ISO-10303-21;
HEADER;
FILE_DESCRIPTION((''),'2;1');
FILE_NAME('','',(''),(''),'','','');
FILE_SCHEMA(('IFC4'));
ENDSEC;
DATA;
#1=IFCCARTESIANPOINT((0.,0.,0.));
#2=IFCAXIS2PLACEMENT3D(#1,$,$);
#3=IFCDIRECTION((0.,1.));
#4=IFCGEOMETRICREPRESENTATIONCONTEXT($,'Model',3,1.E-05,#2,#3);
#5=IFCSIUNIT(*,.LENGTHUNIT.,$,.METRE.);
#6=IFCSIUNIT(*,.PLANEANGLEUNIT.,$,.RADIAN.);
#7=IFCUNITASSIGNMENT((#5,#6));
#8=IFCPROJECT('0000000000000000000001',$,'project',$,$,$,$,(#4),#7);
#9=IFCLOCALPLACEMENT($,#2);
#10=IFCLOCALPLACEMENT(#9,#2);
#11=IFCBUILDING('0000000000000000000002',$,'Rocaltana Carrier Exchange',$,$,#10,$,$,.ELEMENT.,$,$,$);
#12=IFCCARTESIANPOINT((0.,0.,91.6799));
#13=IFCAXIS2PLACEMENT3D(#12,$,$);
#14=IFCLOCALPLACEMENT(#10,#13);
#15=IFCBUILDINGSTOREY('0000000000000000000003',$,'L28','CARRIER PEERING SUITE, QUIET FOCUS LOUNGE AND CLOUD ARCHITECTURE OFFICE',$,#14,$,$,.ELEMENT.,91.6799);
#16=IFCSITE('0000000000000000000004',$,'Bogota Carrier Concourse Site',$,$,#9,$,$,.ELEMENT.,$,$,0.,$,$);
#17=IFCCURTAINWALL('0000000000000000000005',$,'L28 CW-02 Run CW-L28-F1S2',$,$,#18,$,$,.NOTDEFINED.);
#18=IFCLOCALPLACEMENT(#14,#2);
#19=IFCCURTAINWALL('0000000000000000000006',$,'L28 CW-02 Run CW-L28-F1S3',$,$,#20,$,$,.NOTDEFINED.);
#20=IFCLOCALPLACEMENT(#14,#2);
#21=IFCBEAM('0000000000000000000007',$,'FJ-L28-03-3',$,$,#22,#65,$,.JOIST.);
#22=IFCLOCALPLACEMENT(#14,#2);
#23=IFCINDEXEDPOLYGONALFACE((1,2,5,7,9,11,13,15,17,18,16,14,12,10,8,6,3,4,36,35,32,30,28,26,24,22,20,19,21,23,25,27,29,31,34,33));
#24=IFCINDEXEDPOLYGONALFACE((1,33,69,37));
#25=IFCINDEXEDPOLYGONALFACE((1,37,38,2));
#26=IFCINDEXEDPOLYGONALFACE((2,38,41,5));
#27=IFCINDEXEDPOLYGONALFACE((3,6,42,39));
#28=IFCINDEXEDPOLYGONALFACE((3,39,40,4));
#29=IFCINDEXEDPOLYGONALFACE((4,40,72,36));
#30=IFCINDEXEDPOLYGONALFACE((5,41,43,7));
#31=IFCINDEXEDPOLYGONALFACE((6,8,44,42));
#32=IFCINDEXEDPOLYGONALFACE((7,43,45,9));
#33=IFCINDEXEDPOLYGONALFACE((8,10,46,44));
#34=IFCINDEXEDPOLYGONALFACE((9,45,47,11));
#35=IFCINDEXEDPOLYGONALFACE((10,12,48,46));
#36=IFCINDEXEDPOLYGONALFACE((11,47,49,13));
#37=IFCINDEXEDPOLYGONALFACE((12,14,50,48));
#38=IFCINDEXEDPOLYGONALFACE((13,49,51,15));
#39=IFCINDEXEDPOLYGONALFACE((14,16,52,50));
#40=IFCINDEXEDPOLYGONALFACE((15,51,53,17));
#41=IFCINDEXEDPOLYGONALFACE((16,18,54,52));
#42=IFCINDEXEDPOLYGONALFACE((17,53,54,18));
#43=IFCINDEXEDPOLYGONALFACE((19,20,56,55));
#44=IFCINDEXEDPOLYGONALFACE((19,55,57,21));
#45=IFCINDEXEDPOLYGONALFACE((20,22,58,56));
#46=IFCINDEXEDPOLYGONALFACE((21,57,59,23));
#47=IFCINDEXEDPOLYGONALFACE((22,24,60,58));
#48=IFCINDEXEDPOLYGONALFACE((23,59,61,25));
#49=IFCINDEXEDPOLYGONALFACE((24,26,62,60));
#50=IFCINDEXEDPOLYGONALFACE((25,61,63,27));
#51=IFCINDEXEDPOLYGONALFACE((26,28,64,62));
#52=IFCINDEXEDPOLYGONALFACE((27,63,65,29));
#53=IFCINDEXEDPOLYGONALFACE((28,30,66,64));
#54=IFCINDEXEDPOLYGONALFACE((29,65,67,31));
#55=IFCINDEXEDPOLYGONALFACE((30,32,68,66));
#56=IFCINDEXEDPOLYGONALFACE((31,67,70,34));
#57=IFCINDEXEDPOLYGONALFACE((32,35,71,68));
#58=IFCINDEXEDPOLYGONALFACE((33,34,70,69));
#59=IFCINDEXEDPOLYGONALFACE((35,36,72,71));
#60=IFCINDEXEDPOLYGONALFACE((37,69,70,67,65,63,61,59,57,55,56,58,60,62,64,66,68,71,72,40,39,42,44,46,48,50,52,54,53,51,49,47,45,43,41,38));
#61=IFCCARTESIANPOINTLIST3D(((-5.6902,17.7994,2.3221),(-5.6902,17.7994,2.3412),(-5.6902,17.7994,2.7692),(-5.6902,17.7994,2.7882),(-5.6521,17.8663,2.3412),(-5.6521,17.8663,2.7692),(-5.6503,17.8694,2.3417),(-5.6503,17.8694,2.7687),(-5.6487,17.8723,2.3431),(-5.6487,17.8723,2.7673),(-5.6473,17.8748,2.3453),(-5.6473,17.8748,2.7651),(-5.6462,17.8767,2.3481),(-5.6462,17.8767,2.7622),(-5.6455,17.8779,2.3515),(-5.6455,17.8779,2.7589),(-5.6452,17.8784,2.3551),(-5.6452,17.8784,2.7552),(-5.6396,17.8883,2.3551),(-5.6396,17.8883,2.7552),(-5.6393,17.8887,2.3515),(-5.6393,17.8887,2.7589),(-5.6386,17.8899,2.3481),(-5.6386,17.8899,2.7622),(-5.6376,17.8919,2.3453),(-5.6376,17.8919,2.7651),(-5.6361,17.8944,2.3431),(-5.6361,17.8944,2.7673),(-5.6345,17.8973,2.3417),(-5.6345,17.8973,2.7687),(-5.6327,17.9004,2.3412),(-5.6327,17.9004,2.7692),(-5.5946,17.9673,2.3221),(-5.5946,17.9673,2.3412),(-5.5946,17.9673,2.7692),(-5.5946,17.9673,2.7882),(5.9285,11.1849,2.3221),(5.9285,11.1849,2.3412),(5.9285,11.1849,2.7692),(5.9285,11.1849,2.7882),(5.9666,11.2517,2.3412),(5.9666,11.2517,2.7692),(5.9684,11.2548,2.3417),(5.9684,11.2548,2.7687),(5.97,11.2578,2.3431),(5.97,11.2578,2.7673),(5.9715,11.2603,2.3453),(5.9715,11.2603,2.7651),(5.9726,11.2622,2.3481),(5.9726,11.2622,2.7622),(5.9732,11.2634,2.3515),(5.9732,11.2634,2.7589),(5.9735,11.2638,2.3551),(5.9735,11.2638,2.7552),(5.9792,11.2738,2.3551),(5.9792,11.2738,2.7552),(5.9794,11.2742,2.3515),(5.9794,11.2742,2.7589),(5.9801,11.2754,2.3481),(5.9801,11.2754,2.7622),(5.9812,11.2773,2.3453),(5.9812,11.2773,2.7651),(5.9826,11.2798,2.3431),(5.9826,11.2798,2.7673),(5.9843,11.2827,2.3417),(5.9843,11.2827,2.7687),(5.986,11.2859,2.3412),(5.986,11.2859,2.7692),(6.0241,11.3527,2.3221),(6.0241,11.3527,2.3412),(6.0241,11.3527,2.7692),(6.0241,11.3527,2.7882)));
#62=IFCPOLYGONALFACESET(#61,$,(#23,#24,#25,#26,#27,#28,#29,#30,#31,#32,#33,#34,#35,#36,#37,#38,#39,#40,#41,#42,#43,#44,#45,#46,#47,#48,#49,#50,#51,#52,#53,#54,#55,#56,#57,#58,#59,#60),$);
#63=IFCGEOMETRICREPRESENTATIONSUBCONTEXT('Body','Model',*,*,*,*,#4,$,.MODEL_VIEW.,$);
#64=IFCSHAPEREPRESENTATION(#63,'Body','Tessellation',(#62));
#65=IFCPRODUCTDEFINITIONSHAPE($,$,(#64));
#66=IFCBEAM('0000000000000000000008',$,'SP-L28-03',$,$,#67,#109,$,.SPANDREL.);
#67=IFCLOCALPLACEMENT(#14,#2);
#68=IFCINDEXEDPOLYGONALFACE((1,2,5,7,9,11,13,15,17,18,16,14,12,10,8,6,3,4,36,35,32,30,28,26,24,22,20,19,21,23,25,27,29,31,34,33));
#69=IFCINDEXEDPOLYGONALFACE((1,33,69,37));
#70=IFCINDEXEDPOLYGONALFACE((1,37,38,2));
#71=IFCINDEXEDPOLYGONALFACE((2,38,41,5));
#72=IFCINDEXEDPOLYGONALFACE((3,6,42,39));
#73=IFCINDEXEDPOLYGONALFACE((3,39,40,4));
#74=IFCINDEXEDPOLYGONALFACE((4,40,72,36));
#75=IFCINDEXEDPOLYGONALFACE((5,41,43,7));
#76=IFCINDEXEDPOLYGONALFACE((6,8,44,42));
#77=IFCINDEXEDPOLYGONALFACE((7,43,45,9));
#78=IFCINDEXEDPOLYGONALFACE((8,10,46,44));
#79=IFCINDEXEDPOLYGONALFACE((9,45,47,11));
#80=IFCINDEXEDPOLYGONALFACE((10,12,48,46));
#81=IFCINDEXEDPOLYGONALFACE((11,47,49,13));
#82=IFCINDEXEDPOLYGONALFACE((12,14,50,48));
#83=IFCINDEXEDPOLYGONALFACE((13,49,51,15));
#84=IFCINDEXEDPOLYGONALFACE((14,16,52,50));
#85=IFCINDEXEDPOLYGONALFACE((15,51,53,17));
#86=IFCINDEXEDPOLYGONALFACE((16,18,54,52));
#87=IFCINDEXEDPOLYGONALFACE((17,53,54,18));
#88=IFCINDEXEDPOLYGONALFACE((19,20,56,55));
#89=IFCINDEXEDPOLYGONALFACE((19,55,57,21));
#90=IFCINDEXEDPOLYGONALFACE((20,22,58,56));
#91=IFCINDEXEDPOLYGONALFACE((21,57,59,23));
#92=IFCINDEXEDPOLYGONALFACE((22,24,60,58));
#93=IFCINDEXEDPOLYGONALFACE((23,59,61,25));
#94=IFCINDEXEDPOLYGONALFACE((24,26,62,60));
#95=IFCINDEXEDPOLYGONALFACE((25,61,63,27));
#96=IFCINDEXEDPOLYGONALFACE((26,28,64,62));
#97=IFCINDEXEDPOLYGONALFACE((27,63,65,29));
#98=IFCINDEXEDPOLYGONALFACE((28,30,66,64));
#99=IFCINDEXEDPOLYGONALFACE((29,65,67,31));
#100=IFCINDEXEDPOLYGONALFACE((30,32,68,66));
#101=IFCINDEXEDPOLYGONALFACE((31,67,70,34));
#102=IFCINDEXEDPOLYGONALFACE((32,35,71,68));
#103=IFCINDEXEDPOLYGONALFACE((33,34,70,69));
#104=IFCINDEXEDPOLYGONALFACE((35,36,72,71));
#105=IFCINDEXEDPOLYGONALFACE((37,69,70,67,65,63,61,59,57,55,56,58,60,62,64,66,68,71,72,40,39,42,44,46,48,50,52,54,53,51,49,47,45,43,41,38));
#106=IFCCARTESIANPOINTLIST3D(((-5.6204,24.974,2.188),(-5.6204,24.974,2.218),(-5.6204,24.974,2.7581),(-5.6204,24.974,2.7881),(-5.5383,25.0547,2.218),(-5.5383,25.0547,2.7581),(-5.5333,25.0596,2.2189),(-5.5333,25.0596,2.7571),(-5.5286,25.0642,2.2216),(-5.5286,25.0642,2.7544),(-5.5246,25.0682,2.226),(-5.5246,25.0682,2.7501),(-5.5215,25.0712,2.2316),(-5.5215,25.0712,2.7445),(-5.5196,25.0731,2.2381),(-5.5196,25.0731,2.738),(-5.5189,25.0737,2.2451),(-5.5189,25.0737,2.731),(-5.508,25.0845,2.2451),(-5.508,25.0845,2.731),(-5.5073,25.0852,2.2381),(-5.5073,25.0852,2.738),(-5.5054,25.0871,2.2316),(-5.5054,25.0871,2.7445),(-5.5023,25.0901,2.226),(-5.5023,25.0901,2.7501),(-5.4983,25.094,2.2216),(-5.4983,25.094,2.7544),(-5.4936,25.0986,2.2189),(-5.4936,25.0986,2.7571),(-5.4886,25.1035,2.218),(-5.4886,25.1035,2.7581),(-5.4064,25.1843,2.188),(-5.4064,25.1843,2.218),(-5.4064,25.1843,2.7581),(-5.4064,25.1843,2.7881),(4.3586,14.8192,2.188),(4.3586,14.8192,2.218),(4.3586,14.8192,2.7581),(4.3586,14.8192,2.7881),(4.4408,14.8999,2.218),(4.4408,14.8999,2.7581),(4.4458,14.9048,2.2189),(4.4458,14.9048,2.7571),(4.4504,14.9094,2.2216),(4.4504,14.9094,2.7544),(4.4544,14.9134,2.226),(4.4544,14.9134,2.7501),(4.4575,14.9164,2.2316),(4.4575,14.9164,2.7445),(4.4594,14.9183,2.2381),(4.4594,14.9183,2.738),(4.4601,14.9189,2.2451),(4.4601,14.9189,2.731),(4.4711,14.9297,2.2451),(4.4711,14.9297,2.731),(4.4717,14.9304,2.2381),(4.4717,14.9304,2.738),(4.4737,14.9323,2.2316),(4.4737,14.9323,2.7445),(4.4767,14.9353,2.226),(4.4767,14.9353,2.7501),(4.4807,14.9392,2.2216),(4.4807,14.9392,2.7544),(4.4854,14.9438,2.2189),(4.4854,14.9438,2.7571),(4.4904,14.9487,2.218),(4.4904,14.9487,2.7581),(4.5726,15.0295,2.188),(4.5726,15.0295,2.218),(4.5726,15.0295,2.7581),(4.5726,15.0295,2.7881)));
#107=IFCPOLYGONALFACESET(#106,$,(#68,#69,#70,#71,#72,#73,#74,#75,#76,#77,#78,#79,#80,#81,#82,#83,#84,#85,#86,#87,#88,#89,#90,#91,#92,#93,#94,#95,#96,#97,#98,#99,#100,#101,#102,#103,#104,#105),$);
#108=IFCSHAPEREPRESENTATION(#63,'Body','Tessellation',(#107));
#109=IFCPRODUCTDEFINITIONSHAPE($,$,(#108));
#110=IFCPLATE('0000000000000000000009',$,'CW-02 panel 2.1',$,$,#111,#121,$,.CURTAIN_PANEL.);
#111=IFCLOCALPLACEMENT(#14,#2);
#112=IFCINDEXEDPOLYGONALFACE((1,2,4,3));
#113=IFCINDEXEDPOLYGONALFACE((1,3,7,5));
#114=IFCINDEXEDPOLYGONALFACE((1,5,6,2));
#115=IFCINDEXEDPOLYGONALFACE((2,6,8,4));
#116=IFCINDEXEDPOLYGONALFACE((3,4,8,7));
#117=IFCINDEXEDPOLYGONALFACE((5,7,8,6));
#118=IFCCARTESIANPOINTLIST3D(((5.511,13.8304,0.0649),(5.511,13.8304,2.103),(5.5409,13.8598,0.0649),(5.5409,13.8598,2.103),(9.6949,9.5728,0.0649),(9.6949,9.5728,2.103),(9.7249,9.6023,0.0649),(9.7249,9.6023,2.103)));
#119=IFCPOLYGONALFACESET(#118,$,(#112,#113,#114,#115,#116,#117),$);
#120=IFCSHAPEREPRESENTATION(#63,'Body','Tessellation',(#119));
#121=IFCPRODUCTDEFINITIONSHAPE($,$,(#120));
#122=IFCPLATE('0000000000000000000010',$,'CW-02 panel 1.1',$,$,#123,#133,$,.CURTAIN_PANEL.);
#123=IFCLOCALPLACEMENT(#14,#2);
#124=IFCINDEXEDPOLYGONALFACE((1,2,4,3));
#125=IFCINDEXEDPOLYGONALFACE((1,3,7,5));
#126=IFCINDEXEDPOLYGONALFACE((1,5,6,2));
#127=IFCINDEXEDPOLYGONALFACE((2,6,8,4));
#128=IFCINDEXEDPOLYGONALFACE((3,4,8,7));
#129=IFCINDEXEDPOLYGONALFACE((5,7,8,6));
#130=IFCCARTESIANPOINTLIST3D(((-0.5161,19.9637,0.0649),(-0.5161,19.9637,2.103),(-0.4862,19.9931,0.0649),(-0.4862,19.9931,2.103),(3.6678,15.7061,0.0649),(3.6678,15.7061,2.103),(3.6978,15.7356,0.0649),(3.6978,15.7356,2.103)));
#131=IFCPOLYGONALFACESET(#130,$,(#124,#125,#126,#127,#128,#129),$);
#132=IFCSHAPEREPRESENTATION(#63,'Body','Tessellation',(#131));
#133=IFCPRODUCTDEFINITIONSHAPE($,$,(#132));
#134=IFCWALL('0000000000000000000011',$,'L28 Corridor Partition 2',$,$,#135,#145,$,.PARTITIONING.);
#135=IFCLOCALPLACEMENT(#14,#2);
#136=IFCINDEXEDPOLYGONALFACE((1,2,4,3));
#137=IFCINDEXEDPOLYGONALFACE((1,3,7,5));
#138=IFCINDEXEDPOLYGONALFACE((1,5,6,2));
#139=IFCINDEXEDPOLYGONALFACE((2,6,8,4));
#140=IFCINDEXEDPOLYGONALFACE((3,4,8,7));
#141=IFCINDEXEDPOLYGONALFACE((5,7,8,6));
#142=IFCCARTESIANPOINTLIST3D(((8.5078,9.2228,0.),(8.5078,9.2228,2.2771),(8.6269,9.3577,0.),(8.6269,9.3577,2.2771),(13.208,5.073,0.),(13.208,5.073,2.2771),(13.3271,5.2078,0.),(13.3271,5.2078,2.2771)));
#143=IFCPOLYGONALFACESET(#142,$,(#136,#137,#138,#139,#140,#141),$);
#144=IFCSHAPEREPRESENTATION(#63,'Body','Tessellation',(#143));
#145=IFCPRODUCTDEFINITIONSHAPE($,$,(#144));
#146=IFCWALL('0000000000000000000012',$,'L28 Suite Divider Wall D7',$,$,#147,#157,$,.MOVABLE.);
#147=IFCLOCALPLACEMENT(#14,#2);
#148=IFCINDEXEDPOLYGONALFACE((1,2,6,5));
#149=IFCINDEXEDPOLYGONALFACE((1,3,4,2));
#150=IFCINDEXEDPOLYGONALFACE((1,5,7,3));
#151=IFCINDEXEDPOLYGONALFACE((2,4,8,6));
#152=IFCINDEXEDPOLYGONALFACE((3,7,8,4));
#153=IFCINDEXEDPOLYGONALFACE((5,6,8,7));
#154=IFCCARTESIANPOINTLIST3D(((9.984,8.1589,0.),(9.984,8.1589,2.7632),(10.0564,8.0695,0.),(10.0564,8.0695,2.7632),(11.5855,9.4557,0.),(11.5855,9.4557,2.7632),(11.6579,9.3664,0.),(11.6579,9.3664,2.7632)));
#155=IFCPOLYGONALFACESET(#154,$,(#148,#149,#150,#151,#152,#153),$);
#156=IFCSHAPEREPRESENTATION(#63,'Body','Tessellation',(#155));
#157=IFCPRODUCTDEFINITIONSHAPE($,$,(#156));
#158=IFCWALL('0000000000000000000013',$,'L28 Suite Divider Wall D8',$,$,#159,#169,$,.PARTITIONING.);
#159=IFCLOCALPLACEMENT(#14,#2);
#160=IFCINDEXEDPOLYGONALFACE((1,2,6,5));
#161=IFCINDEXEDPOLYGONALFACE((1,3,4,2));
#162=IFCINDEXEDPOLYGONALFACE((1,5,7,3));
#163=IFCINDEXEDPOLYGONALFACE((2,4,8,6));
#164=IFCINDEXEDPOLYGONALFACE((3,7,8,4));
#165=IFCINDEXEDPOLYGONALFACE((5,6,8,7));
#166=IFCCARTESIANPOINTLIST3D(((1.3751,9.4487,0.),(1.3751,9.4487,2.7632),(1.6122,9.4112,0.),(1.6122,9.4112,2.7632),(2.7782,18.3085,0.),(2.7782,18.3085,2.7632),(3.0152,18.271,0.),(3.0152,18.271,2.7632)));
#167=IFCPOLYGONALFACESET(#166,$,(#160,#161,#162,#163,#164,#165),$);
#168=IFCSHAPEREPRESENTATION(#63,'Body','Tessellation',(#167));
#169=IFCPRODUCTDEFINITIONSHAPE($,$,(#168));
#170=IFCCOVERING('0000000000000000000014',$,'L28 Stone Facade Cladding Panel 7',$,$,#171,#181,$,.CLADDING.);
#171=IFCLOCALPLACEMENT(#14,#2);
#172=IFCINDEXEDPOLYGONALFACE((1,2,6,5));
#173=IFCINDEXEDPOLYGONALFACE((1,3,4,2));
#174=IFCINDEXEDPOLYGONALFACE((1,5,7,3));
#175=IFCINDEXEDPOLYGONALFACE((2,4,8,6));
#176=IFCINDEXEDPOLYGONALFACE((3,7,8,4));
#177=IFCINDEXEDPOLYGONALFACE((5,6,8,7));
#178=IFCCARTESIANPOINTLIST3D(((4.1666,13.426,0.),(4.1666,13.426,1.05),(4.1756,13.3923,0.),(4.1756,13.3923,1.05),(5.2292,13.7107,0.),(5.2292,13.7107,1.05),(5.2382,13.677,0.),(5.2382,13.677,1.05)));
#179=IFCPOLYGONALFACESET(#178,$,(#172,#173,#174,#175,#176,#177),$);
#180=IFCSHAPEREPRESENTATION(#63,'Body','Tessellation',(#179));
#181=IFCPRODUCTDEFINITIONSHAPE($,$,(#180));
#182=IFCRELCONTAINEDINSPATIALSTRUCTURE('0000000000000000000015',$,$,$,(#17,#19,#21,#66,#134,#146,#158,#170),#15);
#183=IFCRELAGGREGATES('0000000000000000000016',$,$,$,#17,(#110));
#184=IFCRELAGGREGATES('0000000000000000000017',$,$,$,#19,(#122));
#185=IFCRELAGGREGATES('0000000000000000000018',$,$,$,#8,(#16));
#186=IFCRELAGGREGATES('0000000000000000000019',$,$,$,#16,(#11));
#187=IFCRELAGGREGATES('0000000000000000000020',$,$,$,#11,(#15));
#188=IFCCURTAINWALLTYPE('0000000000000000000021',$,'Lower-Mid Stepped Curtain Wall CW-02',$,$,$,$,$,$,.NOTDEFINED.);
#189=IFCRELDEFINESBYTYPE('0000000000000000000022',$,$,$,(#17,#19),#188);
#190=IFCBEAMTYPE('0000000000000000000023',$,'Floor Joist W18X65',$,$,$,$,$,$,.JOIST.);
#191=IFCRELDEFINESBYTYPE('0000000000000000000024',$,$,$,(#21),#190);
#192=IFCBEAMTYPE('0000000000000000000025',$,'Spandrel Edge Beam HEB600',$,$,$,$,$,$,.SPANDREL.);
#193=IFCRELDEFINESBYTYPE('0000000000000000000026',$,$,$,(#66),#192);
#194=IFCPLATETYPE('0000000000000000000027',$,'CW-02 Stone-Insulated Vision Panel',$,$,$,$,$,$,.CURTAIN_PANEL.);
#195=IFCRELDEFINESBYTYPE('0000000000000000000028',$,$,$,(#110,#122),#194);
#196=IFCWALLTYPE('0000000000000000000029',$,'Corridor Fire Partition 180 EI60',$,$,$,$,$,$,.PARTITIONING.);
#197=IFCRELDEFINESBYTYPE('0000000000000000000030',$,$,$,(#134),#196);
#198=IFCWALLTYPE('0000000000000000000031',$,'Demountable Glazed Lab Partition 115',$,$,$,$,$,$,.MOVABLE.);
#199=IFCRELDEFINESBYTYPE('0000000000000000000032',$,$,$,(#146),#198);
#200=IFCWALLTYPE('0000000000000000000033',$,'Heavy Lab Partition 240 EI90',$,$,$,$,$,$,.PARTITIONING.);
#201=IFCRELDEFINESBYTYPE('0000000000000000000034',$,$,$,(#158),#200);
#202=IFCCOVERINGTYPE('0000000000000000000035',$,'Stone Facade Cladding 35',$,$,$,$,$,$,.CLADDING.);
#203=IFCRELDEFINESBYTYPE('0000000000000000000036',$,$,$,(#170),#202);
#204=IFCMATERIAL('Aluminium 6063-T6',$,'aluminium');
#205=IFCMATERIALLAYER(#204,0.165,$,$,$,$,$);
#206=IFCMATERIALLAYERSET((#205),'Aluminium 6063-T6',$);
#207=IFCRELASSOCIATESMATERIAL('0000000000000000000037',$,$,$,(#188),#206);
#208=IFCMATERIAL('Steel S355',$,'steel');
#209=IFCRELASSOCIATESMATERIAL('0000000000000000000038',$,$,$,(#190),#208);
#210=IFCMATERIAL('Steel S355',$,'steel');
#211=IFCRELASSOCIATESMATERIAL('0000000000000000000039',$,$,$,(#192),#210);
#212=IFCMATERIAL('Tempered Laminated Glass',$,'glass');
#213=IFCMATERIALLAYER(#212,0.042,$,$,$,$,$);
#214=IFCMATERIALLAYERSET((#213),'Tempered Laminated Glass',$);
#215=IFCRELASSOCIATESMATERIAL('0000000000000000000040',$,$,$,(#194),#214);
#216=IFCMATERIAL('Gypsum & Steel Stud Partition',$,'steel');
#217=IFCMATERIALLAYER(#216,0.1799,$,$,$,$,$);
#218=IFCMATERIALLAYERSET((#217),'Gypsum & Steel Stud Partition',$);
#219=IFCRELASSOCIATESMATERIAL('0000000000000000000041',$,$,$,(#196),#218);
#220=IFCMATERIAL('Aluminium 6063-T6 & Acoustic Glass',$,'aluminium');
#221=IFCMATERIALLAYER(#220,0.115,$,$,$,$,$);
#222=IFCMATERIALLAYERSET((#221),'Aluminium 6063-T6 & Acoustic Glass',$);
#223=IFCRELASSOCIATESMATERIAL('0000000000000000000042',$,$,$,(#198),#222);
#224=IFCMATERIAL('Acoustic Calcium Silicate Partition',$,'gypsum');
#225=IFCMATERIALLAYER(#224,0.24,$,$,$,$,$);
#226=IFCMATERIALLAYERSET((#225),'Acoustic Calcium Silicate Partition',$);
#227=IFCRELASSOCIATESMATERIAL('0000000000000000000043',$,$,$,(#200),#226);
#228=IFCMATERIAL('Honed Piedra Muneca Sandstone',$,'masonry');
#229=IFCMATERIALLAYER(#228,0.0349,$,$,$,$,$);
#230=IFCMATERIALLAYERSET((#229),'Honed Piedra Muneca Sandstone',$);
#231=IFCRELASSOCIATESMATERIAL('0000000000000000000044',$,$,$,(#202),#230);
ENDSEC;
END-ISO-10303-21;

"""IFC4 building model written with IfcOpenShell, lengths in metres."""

from ifc_helpers import new_model, si_unit, direction, frame, frame_2d, origin, origin_2d, place, context, subcontext, project, spatial, rectangle, i_section, extrude, material, layer, layer_set, material_profile, profile_set, type_object, element, aggregate, save


model = new_model("IFC4")

# Units and contexts
model_context = context("Model", 3, precision=1e-05, world=origin(), true_north=direction((0.0, 1.0)))
body_context = subcontext(model_context, "Body", "Model", "MODEL_VIEW")
ifc_project = project(units=[si_unit("LENGTHUNIT", "METRE"), si_unit("PLANEANGLEUNIT", "RADIAN")], contexts=[model_context])

# Site, building, storey
site_placement = place(None, origin())
site = spatial("IfcSite", under=ifc_project, at=site_placement, Name="Bogota Carrier Concourse Site", CompositionType="ELEMENT", RefElevation=0.0)
building_placement = place(site_placement, origin())
building = spatial("IfcBuilding", under=site, at=building_placement, Name="Rocaltana Carrier Exchange", CompositionType="ELEMENT")
storey_placement = place(building_placement, frame((0.0, 0.0, 91.6799)))
storey = spatial("IfcBuildingStorey", under=building, at=storey_placement, Name="L28", Description="CARRIER PEERING SUITE, QUIET FOCUS LOUNGE AND CLOUD ARCHITECTURE OFFICE", CompositionType="ELEMENT", Elevation=91.6799)

# Curtain wall
ifc_material_1 = material(Name="Aluminium 6063-T6", Category="aluminium")
ifc_layer_1 = layer(ifc_material_1, 0.165)
ifc_layer_set_1 = layer_set([ifc_layer_1], Name="Aluminium 6063-T6")
curtain_wall_type = type_object("IfcCurtainWallType", Name="Lower-Mid Stepped Curtain Wall CW-02", PredefinedType="NOTDEFINED", material=ifc_layer_set_1)
curtain_wall_1_placement = place(storey_placement, origin())
curtain_wall_1 = element("IfcCurtainWall", 1, at=curtain_wall_1_placement, inside=storey, type_object=curtain_wall_type, Name="L28 CW-02 Run CW-L28-F1S2", PredefinedType="NOTDEFINED")

# Curtain wall
curtain_wall_2_placement = place(storey_placement, origin())
curtain_wall_2 = element("IfcCurtainWall", 2, at=curtain_wall_2_placement, inside=storey, type_object=curtain_wall_type, Name="L28 CW-02 Run CW-L28-F1S3", PredefinedType="NOTDEFINED")

# Beams
ifc_material_2 = material(Name="Steel S355", Category="steel")
ifc_material_profile_1 = material_profile(ifc_material_2, i_section(OverallWidth=0.1931, OverallDepth=0.4661, WebThickness=0.0115, FlangeThickness=0.019, FilletRadius=0.0139, at=origin_2d()), Name="W18X65")
ifc_profile_set_1 = profile_set([ifc_material_profile_1], Name="Steel S355")
beam_type_1 = type_object("IfcBeamType", Name="Floor Joist W18X65", PredefinedType="JOIST", material=ifc_profile_set_1)
beam_1_placement = place(storey_placement, frame((5.9763, 11.2688, 2.5552), z_axis=(-0.869039, 0.494744, 0.0), x_axis=(-0.494744, -0.869039, 0.0)))
element("IfcBeam", 3, at=beam_1_placement, inside=storey, type_object=beam_type_1, Name="FJ-L28-03-3", PredefinedType="JOIST", context=body_context, shape_type="SweptSolid", body=[
    extrude(i_section(OverallWidth=0.1931, OverallDepth=0.4661, WebThickness=0.0115, FlangeThickness=0.019, FilletRadius=0.0139, at=origin_2d()), origin(), (0.0, 0.0, 1.0), 13.3696),
])
ifc_material_3 = material(Name="Steel S355", Category="steel")
ifc_material_profile_2 = material_profile(ifc_material_3, i_section(OverallWidth=0.3, OverallDepth=0.6001, WebThickness=0.0154, FlangeThickness=0.03, FilletRadius=0.0271, at=origin_2d()), Name="HEB600")
ifc_profile_set_2 = profile_set([ifc_material_profile_2], Name="Steel S355")
beam_type_2 = type_object("IfcBeamType", Name="Spandrel Edge Beam HEB600", PredefinedType="SPANDREL", material=ifc_profile_set_2)
beam_2_placement = place(storey_placement, frame((4.4656, 14.9243, 2.488), z_axis=(-0.700907, 0.713253, 0.0), x_axis=(-0.713253, -0.700907, 0.0)))
element("IfcBeam", 4, at=beam_2_placement, inside=storey, type_object=beam_type_2, Name="SP-L28-03", PredefinedType="SPANDREL", context=body_context, shape_type="SweptSolid", body=[
    extrude(i_section(OverallWidth=0.3, OverallDepth=0.6001, WebThickness=0.0154, FlangeThickness=0.03, FilletRadius=0.0271, at=origin_2d()), origin(), (0.0, 0.0, 1.0), 14.2373),
])

# Plates
ifc_material_4 = material(Name="Tempered Laminated Glass", Category="glass")
ifc_layer_2 = layer(ifc_material_4, 0.042)
ifc_layer_set_2 = layer_set([ifc_layer_2], Name="Tempered Laminated Glass")
plate_type = type_object("IfcPlateType", Name="CW-02 Stone-Insulated Vision Panel", PredefinedType="CURTAIN_PANEL", material=ifc_layer_set_2)
plate_1_placement = place(storey_placement, frame((7.6179, 11.7163, 0.0649), z_axis=(0.0, 0.0, 1.0), x_axis=(-0.700915, 0.713245, 0.0)))
plate_1 = element("IfcPlate", 5, at=plate_1_placement, type_object=plate_type, Name="CW-02 panel 2.1", PredefinedType="CURTAIN_PANEL", context=body_context, shape_type="SweptSolid", body=[
    extrude(rectangle(XDim=5.9692, YDim=0.042, at=origin_2d()), origin(), (0.0, 0.0, 1.0), 2.0381),
])
aggregate(curtain_wall_1, [plate_1])
plate_2_placement = place(storey_placement, frame((1.5908, 17.8496, 0.0649), z_axis=(0.0, 0.0, 1.0), x_axis=(-0.700915, 0.713245, 0.0)))
plate_2 = element("IfcPlate", 6, at=plate_2_placement, type_object=plate_type, Name="CW-02 panel 1.1", PredefinedType="CURTAIN_PANEL", context=body_context, shape_type="SweptSolid", body=[
    extrude(rectangle(XDim=5.9692, YDim=0.042, at=origin_2d()), origin(), (0.0, 0.0, 1.0), 2.0381),
])
aggregate(curtain_wall_2, [plate_2])

# Walls
ifc_material_5 = material(Name="Gypsum & Steel Stud Partition", Category="steel")
ifc_layer_3 = layer(ifc_material_5, 0.1799)
ifc_layer_set_3 = layer_set([ifc_layer_3], Name="Gypsum & Steel Stud Partition")
wall_type_1 = type_object("IfcWallType", Name="Corridor Fire Partition 180 EI60", PredefinedType="PARTITIONING", material=ifc_layer_set_3)
wall_1_placement = place(storey_placement, frame((8.5674, 9.2903, 0.0), z_axis=(0.0, 0.0, 1.0), x_axis=(0.749626, -0.661861, 0.0)))
element("IfcWall", 7, at=wall_1_placement, inside=storey, type_object=wall_type_1, Name="L28 Corridor Partition 2", PredefinedType="PARTITIONING", context=body_context, shape_type="SweptSolid", body=[
    extrude(rectangle(XDim=6.27, YDim=0.1799, at=frame_2d((3.135, 0.0))), origin(), (0.0, 0.0, 1.0), 2.2771),
])
ifc_material_6 = material(Name="Aluminium 6063-T6 & Acoustic Glass", Category="aluminium")
ifc_layer_4 = layer(ifc_material_6, 0.115)
ifc_layer_set_4 = layer_set([ifc_layer_4], Name="Aluminium 6063-T6 & Acoustic Glass")
wall_type_2 = type_object("IfcWallType", Name="Demountable Glazed Lab Partition 115", PredefinedType="MOVABLE", material=ifc_layer_set_4)
wall_2_placement = place(storey_placement, frame((10.0203, 8.1143, 0.0), z_axis=(0.0, 0.0, 1.0), x_axis=(0.777157, 0.629307, 0.0)))
element("IfcWall", 8, at=wall_2_placement, inside=storey, type_object=wall_type_2, Name="L28 Suite Divider Wall D7", PredefinedType="MOVABLE", context=body_context, shape_type="SweptSolid", body=[
    extrude(rectangle(XDim=2.0608, YDim=0.115, at=frame_2d((1.0303, 0.0))), origin(), (0.0, 0.0, 1.0), 2.7632),
])
ifc_material_7 = material(Name="Acoustic Calcium Silicate Partition", Category="gypsum")
ifc_layer_5 = layer(ifc_material_7, 0.24)
ifc_layer_set_5 = layer_set([ifc_layer_5], Name="Acoustic Calcium Silicate Partition")
wall_type_3 = type_object("IfcWallType", Name="Heavy Lab Partition 240 EI90", PredefinedType="PARTITIONING", material=ifc_layer_set_5)
wall_3_placement = place(storey_placement, frame((1.4937, 9.4299, 0.0), z_axis=(0.0, 0.0, 1.0), x_axis=(0.156414, 0.987692, 0.0)))
element("IfcWall", 9, at=wall_3_placement, inside=storey, type_object=wall_type_3, Name="L28 Suite Divider Wall D8", PredefinedType="PARTITIONING", context=body_context, shape_type="SweptSolid", body=[
    extrude(rectangle(XDim=8.9702, YDim=0.24, at=frame_2d((4.4851, 0.0))), origin(), (0.0, 0.0, 1.0), 2.7632),
])

# Covering
ifc_material_8 = material(Name="Honed Piedra Muneca Sandstone", Category="masonry")
ifc_layer_6 = layer(ifc_material_8, 0.0349)
ifc_layer_set_6 = layer_set([ifc_layer_6], Name="Honed Piedra Muneca Sandstone")
covering_type = type_object("IfcCoveringType", Name="Stone Facade Cladding 35", PredefinedType="CLADDING", material=ifc_layer_set_6)
covering_placement = place(storey_placement, frame((4.7024, 13.5515, 0.0), z_axis=(0.0, 0.0, 1.0), x_axis=(0.965926, 0.258819, 0.0)))
element("IfcCovering", 10, at=covering_placement, inside=storey, type_object=covering_type, Name="L28 Stone Facade Cladding Panel 7", PredefinedType="CLADDING", context=body_context, shape_type="SweptSolid", body=[
    extrude(rectangle(XDim=1.1001, YDim=0.0349, at=origin_2d()), origin(), (0.0, 0.0, 1.0), 1.05),
])

save(model, "model.ifc")
